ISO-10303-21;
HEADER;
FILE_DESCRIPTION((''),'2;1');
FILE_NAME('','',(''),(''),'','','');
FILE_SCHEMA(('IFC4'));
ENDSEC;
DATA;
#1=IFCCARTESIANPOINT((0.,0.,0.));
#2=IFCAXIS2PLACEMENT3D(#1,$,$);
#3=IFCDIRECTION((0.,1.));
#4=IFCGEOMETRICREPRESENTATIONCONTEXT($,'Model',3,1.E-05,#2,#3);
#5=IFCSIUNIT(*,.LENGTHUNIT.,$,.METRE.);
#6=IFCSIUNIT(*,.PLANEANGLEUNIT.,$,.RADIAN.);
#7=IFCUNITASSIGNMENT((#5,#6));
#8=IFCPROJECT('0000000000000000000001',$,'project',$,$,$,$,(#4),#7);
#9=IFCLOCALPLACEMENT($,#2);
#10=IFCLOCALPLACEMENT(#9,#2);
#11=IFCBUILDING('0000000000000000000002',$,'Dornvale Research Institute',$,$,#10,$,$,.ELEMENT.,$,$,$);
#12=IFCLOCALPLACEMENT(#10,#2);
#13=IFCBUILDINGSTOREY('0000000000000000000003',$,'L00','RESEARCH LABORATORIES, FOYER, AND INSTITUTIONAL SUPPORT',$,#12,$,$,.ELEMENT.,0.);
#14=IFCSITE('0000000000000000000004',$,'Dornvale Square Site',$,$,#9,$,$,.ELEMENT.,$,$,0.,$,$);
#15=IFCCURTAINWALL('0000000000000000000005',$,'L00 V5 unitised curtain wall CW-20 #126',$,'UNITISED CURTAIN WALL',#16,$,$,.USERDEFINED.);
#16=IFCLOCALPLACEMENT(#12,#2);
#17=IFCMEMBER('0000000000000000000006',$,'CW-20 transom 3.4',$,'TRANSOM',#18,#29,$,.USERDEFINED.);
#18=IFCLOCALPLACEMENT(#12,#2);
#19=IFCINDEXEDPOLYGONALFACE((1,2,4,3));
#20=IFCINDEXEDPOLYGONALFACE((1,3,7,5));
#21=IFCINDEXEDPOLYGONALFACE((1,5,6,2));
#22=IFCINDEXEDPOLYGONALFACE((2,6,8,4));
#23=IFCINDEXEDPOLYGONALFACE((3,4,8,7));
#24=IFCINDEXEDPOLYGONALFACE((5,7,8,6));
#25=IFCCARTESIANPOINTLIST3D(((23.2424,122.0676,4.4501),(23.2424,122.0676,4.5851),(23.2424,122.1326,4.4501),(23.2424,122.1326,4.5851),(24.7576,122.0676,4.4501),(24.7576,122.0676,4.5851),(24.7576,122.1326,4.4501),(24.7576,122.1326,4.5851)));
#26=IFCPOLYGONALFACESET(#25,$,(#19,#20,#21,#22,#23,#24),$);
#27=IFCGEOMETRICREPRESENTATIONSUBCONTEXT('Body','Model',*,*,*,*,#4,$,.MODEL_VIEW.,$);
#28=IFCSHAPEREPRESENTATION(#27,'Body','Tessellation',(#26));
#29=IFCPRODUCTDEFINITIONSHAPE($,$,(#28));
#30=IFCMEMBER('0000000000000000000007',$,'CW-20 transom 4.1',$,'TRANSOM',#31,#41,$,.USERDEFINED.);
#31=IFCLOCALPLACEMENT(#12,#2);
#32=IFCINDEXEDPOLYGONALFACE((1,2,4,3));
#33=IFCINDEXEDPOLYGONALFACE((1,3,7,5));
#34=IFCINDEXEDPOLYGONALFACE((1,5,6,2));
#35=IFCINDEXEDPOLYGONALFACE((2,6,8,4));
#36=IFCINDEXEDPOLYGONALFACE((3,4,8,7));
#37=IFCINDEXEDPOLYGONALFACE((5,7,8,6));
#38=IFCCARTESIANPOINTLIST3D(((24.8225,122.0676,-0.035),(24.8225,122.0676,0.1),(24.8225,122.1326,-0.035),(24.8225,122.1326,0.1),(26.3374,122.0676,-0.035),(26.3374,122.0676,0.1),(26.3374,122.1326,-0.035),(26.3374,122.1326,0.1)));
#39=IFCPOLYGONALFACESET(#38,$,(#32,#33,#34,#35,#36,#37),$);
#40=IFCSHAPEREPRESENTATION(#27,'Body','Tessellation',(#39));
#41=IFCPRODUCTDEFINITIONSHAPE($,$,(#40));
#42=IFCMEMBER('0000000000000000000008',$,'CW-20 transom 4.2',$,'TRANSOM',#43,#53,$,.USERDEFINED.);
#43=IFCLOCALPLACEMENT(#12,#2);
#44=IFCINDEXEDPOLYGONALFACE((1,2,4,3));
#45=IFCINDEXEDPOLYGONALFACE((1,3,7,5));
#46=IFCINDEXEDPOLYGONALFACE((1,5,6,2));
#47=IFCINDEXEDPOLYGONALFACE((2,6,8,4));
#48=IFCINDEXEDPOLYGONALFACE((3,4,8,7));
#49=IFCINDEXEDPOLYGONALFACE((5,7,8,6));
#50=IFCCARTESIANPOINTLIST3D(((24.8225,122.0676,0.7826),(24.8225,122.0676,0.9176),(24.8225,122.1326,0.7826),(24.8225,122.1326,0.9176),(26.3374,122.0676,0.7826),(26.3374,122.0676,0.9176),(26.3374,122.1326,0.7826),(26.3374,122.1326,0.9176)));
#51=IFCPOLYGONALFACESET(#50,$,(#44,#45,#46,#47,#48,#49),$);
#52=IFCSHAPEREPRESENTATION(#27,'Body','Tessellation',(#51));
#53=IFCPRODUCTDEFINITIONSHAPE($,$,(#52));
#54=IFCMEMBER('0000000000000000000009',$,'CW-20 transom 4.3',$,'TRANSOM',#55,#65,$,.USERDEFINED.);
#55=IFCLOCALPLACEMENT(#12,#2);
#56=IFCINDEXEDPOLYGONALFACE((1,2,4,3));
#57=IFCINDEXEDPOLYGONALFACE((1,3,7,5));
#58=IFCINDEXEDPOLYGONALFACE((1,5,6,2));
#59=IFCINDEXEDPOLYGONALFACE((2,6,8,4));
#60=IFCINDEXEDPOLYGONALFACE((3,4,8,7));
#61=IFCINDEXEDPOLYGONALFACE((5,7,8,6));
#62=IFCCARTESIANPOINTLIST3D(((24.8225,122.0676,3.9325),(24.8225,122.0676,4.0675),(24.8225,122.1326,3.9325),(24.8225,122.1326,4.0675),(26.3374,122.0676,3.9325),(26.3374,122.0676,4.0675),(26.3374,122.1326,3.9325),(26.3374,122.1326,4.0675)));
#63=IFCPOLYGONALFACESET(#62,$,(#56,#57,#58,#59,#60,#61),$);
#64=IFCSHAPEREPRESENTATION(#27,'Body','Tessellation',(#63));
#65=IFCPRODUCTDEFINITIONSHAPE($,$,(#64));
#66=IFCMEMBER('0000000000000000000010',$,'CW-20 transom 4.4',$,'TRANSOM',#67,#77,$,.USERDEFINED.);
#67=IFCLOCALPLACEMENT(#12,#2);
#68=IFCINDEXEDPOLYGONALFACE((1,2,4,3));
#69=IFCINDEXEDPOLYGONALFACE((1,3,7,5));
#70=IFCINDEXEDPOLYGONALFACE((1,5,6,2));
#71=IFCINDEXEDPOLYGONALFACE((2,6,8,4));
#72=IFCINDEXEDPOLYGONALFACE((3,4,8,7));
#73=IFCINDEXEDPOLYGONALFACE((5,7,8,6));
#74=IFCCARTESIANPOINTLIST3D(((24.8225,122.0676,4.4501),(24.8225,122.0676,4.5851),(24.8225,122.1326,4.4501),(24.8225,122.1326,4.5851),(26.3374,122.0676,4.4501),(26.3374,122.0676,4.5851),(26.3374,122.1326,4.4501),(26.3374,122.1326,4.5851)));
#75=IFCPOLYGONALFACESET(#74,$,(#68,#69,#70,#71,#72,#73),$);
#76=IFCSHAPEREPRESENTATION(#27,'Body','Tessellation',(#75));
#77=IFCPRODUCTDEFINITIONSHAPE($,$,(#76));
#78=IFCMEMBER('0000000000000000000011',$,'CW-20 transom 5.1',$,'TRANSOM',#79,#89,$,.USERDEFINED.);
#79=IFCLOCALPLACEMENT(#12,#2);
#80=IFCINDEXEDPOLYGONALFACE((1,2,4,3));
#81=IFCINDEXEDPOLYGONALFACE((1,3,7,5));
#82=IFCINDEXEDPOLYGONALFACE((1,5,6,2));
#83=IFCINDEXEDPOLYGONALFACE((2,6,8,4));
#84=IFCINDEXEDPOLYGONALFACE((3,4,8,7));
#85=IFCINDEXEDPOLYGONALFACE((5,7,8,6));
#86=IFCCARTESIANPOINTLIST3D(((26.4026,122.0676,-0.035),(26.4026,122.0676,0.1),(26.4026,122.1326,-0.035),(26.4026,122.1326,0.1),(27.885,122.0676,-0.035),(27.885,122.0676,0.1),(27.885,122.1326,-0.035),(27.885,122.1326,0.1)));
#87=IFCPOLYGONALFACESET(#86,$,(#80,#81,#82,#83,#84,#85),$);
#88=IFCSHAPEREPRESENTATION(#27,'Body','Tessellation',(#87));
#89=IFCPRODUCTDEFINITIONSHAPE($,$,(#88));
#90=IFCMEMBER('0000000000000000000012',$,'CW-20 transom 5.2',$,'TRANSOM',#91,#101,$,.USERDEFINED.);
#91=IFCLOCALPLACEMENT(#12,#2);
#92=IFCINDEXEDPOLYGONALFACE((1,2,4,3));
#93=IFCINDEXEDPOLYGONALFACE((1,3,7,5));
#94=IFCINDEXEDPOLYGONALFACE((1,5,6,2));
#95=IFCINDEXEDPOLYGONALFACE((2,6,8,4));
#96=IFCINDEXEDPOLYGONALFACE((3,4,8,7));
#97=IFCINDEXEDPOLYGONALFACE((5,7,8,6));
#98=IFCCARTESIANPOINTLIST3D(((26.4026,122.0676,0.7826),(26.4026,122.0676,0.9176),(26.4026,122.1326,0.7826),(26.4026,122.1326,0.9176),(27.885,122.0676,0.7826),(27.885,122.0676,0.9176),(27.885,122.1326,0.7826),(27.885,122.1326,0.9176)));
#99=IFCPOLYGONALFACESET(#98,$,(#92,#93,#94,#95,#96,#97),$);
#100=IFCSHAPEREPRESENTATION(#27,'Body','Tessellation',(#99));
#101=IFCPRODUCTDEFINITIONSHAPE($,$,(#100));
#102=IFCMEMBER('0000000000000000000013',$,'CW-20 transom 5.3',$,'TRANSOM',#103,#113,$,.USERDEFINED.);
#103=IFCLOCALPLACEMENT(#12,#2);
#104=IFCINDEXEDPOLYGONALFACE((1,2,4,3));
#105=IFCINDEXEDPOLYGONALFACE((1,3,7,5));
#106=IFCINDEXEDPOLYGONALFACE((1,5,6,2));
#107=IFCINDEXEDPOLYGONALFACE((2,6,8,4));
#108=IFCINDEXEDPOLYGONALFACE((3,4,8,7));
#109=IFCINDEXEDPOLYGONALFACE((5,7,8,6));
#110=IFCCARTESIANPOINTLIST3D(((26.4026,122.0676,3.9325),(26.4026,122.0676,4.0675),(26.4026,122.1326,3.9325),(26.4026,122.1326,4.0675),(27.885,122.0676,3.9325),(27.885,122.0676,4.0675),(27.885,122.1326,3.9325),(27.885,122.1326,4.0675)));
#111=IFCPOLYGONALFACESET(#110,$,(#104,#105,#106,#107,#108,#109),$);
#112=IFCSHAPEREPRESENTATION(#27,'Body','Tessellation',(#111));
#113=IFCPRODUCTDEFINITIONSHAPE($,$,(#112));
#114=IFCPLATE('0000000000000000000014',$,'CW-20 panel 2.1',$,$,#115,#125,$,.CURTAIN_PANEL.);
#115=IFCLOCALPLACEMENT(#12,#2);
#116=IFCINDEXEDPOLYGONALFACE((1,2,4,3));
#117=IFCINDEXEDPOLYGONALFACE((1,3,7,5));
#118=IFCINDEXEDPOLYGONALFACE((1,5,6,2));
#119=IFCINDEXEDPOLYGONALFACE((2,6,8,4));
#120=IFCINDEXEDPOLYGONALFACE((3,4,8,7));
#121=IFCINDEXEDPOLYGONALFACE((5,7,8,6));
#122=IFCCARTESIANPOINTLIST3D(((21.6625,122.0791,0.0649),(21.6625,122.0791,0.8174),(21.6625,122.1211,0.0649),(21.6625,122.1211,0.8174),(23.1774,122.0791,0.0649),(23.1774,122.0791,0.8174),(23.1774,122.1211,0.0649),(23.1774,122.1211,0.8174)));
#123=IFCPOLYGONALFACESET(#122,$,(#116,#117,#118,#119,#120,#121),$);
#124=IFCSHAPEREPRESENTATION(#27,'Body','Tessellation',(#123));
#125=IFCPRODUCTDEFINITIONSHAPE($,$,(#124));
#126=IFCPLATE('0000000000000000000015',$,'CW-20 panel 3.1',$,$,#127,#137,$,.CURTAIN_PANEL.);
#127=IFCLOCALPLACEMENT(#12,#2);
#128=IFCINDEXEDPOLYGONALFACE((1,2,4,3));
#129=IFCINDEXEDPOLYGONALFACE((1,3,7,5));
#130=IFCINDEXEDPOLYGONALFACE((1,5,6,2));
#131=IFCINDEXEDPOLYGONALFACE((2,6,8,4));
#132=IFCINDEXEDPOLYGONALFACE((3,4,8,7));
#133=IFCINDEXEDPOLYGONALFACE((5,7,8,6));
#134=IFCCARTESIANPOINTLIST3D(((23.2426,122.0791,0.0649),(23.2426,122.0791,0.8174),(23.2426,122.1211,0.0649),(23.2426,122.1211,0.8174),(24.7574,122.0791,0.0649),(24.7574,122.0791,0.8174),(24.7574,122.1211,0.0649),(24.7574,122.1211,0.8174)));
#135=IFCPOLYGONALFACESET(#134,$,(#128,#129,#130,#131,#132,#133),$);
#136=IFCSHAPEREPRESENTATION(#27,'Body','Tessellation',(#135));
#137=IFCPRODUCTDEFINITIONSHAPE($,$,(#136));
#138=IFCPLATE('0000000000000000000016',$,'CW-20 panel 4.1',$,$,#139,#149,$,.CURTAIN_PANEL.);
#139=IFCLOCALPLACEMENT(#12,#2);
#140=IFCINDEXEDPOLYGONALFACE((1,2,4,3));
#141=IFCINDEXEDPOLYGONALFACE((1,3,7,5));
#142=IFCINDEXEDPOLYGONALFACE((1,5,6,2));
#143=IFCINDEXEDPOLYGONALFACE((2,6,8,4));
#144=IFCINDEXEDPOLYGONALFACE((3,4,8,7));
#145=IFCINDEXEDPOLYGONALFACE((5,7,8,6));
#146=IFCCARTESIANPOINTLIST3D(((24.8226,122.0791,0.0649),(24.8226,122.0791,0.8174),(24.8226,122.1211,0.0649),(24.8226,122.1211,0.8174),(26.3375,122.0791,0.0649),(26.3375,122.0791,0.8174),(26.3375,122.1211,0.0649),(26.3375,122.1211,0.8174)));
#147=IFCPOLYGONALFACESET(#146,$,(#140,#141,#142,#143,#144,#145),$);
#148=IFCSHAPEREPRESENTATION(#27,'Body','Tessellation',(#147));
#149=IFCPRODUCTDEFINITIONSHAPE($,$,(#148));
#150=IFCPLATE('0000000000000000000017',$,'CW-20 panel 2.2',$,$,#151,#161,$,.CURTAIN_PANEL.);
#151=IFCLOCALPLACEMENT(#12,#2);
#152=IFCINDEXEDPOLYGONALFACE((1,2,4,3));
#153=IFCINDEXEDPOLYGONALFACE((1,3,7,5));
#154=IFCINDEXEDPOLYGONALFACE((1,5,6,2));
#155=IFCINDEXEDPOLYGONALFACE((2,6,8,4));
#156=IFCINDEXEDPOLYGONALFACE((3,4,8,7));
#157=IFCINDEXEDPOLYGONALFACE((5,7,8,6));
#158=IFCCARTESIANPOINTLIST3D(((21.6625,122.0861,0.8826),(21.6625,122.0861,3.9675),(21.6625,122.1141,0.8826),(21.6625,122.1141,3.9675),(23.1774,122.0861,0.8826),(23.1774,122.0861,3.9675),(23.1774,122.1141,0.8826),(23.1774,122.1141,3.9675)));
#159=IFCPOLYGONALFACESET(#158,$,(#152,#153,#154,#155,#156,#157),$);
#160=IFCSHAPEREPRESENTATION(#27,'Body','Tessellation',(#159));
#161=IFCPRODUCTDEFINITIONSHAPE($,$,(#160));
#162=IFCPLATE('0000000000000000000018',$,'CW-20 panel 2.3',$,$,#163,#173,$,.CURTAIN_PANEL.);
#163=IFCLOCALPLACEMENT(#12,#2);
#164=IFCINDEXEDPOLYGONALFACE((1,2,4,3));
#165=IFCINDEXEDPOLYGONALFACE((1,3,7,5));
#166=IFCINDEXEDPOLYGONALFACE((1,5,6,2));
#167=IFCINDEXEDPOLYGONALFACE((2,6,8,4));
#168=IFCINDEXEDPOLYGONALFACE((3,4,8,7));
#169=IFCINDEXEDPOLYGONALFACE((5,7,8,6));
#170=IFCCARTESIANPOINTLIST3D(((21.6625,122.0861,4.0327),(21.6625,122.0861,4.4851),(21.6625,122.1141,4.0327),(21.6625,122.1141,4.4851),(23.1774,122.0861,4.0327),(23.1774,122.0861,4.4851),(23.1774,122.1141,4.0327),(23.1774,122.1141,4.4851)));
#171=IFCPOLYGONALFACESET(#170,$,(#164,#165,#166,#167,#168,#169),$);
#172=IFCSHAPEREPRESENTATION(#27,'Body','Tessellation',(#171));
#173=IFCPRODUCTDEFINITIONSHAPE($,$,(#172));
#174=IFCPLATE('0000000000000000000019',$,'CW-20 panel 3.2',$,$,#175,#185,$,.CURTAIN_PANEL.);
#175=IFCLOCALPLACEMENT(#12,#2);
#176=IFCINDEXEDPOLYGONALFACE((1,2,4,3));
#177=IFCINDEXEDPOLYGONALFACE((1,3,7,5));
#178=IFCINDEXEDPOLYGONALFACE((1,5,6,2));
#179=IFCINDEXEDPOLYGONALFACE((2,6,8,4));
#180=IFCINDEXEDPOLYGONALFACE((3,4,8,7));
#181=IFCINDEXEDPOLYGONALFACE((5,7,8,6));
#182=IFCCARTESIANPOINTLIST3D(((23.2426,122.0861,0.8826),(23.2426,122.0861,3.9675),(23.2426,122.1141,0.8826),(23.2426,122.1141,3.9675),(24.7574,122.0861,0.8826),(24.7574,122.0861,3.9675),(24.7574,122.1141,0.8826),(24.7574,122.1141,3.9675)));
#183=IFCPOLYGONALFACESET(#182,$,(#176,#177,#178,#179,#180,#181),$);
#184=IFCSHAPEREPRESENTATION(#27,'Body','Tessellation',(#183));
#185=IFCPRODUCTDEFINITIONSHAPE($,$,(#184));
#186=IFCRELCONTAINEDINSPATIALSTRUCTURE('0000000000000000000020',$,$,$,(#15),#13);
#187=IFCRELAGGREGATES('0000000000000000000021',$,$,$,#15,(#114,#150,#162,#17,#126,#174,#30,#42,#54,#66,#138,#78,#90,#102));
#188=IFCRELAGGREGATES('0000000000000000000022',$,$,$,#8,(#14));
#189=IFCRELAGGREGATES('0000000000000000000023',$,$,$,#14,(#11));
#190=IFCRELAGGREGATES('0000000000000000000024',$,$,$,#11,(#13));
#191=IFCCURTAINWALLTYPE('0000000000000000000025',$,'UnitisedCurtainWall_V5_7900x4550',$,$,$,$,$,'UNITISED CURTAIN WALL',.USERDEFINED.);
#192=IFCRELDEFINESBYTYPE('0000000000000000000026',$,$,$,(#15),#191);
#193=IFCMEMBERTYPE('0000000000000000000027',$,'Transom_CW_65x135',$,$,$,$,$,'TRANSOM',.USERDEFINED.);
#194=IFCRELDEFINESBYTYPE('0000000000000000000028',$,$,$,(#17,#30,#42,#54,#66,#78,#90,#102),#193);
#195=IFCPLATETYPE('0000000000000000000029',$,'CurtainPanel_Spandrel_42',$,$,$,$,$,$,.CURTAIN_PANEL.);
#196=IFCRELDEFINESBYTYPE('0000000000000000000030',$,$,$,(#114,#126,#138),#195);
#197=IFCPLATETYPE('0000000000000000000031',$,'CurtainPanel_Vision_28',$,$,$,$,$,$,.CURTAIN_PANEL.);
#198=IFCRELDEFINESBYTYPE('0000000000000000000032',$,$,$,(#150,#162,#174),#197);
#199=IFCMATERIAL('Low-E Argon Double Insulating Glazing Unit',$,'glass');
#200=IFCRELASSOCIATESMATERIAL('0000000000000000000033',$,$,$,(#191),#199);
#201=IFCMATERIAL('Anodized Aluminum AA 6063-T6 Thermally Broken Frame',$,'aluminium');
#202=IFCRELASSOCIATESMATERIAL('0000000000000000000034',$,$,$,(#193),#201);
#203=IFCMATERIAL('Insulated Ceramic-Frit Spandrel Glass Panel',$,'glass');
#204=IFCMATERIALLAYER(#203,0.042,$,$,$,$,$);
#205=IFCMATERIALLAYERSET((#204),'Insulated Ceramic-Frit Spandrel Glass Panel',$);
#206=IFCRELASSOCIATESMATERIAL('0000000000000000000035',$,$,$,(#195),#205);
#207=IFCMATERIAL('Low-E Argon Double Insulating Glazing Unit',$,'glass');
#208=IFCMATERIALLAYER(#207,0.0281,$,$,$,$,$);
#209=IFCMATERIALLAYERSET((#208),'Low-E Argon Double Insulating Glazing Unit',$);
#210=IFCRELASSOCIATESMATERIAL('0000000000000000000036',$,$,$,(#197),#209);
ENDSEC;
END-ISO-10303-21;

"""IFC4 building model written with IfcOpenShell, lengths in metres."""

from ifc_helpers import new_model, si_unit, direction, frame, origin, origin_2d, place, context, subcontext, project, spatial, rectangle, extrude, material, layer, layer_set, material_profile, profile_set, type_object, element, aggregate, save


model = new_model("IFC4")

# Units and contexts
model_context = context("Model", 3, precision=1e-05, world=origin(), true_north=direction((0.0, 1.0)))
body_context = subcontext(model_context, "Body", "Model", "MODEL_VIEW")
ifc_project = project(units=[si_unit("LENGTHUNIT", "METRE"), si_unit("PLANEANGLEUNIT", "RADIAN")], contexts=[model_context])

# Site, building, storey
site_placement = place(None, origin())
site = spatial("IfcSite", under=ifc_project, at=site_placement, Name="Dornvale Square Site", CompositionType="ELEMENT", RefElevation=0.0)
building_placement = place(site_placement, origin())
building = spatial("IfcBuilding", under=site, at=building_placement, Name="Dornvale Research Institute", CompositionType="ELEMENT")
storey_placement = place(building_placement, origin())
storey = spatial("IfcBuildingStorey", under=building, at=storey_placement, Name="L00", Description="RESEARCH LABORATORIES, FOYER, AND INSTITUTIONAL SUPPORT", CompositionType="ELEMENT", Elevation=0.0)

# Curtain wall, members, plates
ifc_material_1 = material(Name="Low-E Argon Double Insulating Glazing Unit", Category="glass")
curtain_wall_type = type_object("IfcCurtainWallType", Name="UnitisedCurtainWall_V5_7900x4550", ElementType="UNITISED CURTAIN WALL", PredefinedType="USERDEFINED", material=ifc_material_1)
curtain_wall_placement = place(storey_placement, origin())
curtain_wall = element("IfcCurtainWall", 1, at=curtain_wall_placement, inside=storey, type_object=curtain_wall_type, Name="L00 V5 unitised curtain wall CW-20 #126", ObjectType="UNITISED CURTAIN WALL", PredefinedType="USERDEFINED")
ifc_material_2 = material(Name="Anodized Aluminum AA 6063-T6 Thermally Broken Frame", Category="aluminium")
ifc_material_profile_1 = material_profile(ifc_material_2, rectangle(XDim=0.0649, YDim=0.135, at=origin_2d()), Name="ALU TRANSOM 65x135")
ifc_profile_set_1 = profile_set([ifc_material_profile_1], Name="Anodized Aluminum AA 6063-T6 Thermally Broken Frame")
member_type_1 = type_object("IfcMemberType", Name="Transom_CW_65x135", ElementType="TRANSOM", PredefinedType="USERDEFINED", material=ifc_profile_set_1)
member_1_placement = place(storey_placement, frame((23.2424, 122.1001, 4.5176), z_axis=(1.0, 0.0, 0.0), x_axis=(0.0, 1.0, 0.0)))
member_1 = element("IfcMember", 2, at=member_1_placement, type_object=member_type_1, Name="CW-20 transom 3.4", ObjectType="TRANSOM", PredefinedType="USERDEFINED", context=body_context, shape_type="SweptSolid", body=[
    extrude(rectangle(XDim=0.0649, YDim=0.135, at=origin_2d()), origin(), (0.0, 0.0, 1.0), 1.5151),
])
member_2_placement = place(storey_placement, frame((24.8225, 122.1001, 0.0325), z_axis=(1.0, 0.0, 0.0), x_axis=(0.0, 1.0, 0.0)))
member_2 = element("IfcMember", 3, at=member_2_placement, type_object=member_type_1, Name="CW-20 transom 4.1", ObjectType="TRANSOM", PredefinedType="USERDEFINED", context=body_context, shape_type="SweptSolid", body=[
    extrude(rectangle(XDim=0.0649, YDim=0.135, at=origin_2d()), origin(), (0.0, 0.0, 1.0), 1.5149),
])
member_3_placement = place(storey_placement, frame((24.8225, 122.1001, 0.8501), z_axis=(1.0, 0.0, 0.0), x_axis=(0.0, 1.0, 0.0)))
member_3 = element("IfcMember", 4, at=member_3_placement, type_object=member_type_1, Name="CW-20 transom 4.2", ObjectType="TRANSOM", PredefinedType="USERDEFINED", context=body_context, shape_type="SweptSolid", body=[
    extrude(rectangle(XDim=0.0649, YDim=0.135, at=origin_2d()), origin(), (0.0, 0.0, 1.0), 1.5149),
])
member_4_placement = place(storey_placement, frame((24.8225, 122.1001, 4.0), z_axis=(1.0, 0.0, 0.0), x_axis=(0.0, 1.0, 0.0)))
member_4 = element("IfcMember", 5, at=member_4_placement, type_object=member_type_1, Name="CW-20 transom 4.3", ObjectType="TRANSOM", PredefinedType="USERDEFINED", context=body_context, shape_type="SweptSolid", body=[
    extrude(rectangle(XDim=0.0649, YDim=0.135, at=origin_2d()), origin(), (0.0, 0.0, 1.0), 1.5149),
])
member_5_placement = place(storey_placement, frame((24.8225, 122.1001, 4.5176), z_axis=(1.0, 0.0, 0.0), x_axis=(0.0, 1.0, 0.0)))
member_5 = element("IfcMember", 6, at=member_5_placement, type_object=member_type_1, Name="CW-20 transom 4.4", ObjectType="TRANSOM", PredefinedType="USERDEFINED", context=body_context, shape_type="SweptSolid", body=[
    extrude(rectangle(XDim=0.0649, YDim=0.135, at=origin_2d()), origin(), (0.0, 0.0, 1.0), 1.5149),
])
member_6_placement = place(storey_placement, frame((26.4026, 122.1001, 0.0325), z_axis=(1.0, 0.0, 0.0), x_axis=(0.0, 1.0, 0.0)))
member_6 = element("IfcMember", 7, at=member_6_placement, type_object=member_type_1, Name="CW-20 transom 5.1", ObjectType="TRANSOM", PredefinedType="USERDEFINED", context=body_context, shape_type="SweptSolid", body=[
    extrude(rectangle(XDim=0.0649, YDim=0.135, at=origin_2d()), origin(), (0.0, 0.0, 1.0), 1.4824),
])
member_7_placement = place(storey_placement, frame((26.4026, 122.1001, 0.8501), z_axis=(1.0, 0.0, 0.0), x_axis=(0.0, 1.0, 0.0)))
member_7 = element("IfcMember", 8, at=member_7_placement, type_object=member_type_1, Name="CW-20 transom 5.2", ObjectType="TRANSOM", PredefinedType="USERDEFINED", context=body_context, shape_type="SweptSolid", body=[
    extrude(rectangle(XDim=0.0649, YDim=0.135, at=origin_2d()), origin(), (0.0, 0.0, 1.0), 1.4824),
])
member_8_placement = place(storey_placement, frame((26.4026, 122.1001, 4.0), z_axis=(1.0, 0.0, 0.0), x_axis=(0.0, 1.0, 0.0)))
member_8 = element("IfcMember", 9, at=member_8_placement, type_object=member_type_1, Name="CW-20 transom 5.3", ObjectType="TRANSOM", PredefinedType="USERDEFINED", context=body_context, shape_type="SweptSolid", body=[
    extrude(rectangle(XDim=0.0649, YDim=0.135, at=origin_2d()), origin(), (0.0, 0.0, 1.0), 1.4824),
])
ifc_material_3 = material(Name="Insulated Ceramic-Frit Spandrel Glass Panel", Category="glass")
ifc_layer_1 = layer(ifc_material_3, 0.042)
ifc_layer_set_1 = layer_set([ifc_layer_1], Name="Insulated Ceramic-Frit Spandrel Glass Panel")
plate_type_1 = type_object("IfcPlateType", Name="CurtainPanel_Spandrel_42", PredefinedType="CURTAIN_PANEL", material=ifc_layer_set_1)
plate_1_placement = place(storey_placement, frame((22.4199, 122.1001, 0.0649), z_axis=(0.0, 0.0, 1.0), x_axis=(1.0, 0.0, 0.0)))
plate_1 = element("IfcPlate", 10, at=plate_1_placement, type_object=plate_type_1, Name="CW-20 panel 2.1", PredefinedType="CURTAIN_PANEL", context=body_context, shape_type="SweptSolid", body=[
    extrude(rectangle(XDim=1.5149, YDim=0.042, at=origin_2d()), origin(), (0.0, 0.0, 1.0), 0.7524),
])
plate_2_placement = place(storey_placement, frame((24.0, 122.1001, 0.0649), z_axis=(0.0, 0.0, 1.0), x_axis=(1.0, 0.0, 0.0)))
plate_2 = element("IfcPlate", 11, at=plate_2_placement, type_object=plate_type_1, Name="CW-20 panel 3.1", PredefinedType="CURTAIN_PANEL", context=body_context, shape_type="SweptSolid", body=[
    extrude(rectangle(XDim=1.5149, YDim=0.042, at=origin_2d()), origin(), (0.0, 0.0, 1.0), 0.7524),
])
plate_3_placement = place(storey_placement, frame((25.5801, 122.1001, 0.0649), z_axis=(0.0, 0.0, 1.0), x_axis=(1.0, 0.0, 0.0)))
plate_3 = element("IfcPlate", 12, at=plate_3_placement, type_object=plate_type_1, Name="CW-20 panel 4.1", PredefinedType="CURTAIN_PANEL", context=body_context, shape_type="SweptSolid", body=[
    extrude(rectangle(XDim=1.5149, YDim=0.042, at=origin_2d()), origin(), (0.0, 0.0, 1.0), 0.7524),
])
ifc_material_4 = material(Name="Low-E Argon Double Insulating Glazing Unit", Category="glass")
ifc_layer_2 = layer(ifc_material_4, 0.0281)
ifc_layer_set_2 = layer_set([ifc_layer_2], Name="Low-E Argon Double Insulating Glazing Unit")
plate_type_2 = type_object("IfcPlateType", Name="CurtainPanel_Vision_28", PredefinedType="CURTAIN_PANEL", material=ifc_layer_set_2)
plate_4_placement = place(storey_placement, frame((22.4199, 122.1001, 0.8826), z_axis=(0.0, 0.0, 1.0), x_axis=(1.0, 0.0, 0.0)))
plate_4 = element("IfcPlate", 13, at=plate_4_placement, type_object=plate_type_2, Name="CW-20 panel 2.2", PredefinedType="CURTAIN_PANEL", context=body_context, shape_type="SweptSolid", body=[
    extrude(rectangle(XDim=1.5149, YDim=0.0281, at=origin_2d()), origin(), (0.0, 0.0, 1.0), 3.085),
])
plate_5_placement = place(storey_placement, frame((22.4199, 122.1001, 4.0327), z_axis=(0.0, 0.0, 1.0), x_axis=(1.0, 0.0, 0.0)))
plate_5 = element("IfcPlate", 14, at=plate_5_placement, type_object=plate_type_2, Name="CW-20 panel 2.3", PredefinedType="CURTAIN_PANEL", context=body_context, shape_type="SweptSolid", body=[
    extrude(rectangle(XDim=1.5149, YDim=0.0281, at=origin_2d()), origin(), (0.0, 0.0, 1.0), 0.4524),
])
plate_6_placement = place(storey_placement, frame((24.0, 122.1001, 0.8826), z_axis=(0.0, 0.0, 1.0), x_axis=(1.0, 0.0, 0.0)))
plate_6 = element("IfcPlate", 15, at=plate_6_placement, type_object=plate_type_2, Name="CW-20 panel 3.2", PredefinedType="CURTAIN_PANEL", context=body_context, shape_type="SweptSolid", body=[
    extrude(rectangle(XDim=1.5149, YDim=0.0281, at=origin_2d()), origin(), (0.0, 0.0, 1.0), 3.085),
])
aggregate(curtain_wall, [plate_1, plate_4, plate_5, member_1, plate_2, plate_6, member_2, member_3, member_4, member_5, plate_3, member_6, member_7, member_8])

save(model, "model.ifc")
